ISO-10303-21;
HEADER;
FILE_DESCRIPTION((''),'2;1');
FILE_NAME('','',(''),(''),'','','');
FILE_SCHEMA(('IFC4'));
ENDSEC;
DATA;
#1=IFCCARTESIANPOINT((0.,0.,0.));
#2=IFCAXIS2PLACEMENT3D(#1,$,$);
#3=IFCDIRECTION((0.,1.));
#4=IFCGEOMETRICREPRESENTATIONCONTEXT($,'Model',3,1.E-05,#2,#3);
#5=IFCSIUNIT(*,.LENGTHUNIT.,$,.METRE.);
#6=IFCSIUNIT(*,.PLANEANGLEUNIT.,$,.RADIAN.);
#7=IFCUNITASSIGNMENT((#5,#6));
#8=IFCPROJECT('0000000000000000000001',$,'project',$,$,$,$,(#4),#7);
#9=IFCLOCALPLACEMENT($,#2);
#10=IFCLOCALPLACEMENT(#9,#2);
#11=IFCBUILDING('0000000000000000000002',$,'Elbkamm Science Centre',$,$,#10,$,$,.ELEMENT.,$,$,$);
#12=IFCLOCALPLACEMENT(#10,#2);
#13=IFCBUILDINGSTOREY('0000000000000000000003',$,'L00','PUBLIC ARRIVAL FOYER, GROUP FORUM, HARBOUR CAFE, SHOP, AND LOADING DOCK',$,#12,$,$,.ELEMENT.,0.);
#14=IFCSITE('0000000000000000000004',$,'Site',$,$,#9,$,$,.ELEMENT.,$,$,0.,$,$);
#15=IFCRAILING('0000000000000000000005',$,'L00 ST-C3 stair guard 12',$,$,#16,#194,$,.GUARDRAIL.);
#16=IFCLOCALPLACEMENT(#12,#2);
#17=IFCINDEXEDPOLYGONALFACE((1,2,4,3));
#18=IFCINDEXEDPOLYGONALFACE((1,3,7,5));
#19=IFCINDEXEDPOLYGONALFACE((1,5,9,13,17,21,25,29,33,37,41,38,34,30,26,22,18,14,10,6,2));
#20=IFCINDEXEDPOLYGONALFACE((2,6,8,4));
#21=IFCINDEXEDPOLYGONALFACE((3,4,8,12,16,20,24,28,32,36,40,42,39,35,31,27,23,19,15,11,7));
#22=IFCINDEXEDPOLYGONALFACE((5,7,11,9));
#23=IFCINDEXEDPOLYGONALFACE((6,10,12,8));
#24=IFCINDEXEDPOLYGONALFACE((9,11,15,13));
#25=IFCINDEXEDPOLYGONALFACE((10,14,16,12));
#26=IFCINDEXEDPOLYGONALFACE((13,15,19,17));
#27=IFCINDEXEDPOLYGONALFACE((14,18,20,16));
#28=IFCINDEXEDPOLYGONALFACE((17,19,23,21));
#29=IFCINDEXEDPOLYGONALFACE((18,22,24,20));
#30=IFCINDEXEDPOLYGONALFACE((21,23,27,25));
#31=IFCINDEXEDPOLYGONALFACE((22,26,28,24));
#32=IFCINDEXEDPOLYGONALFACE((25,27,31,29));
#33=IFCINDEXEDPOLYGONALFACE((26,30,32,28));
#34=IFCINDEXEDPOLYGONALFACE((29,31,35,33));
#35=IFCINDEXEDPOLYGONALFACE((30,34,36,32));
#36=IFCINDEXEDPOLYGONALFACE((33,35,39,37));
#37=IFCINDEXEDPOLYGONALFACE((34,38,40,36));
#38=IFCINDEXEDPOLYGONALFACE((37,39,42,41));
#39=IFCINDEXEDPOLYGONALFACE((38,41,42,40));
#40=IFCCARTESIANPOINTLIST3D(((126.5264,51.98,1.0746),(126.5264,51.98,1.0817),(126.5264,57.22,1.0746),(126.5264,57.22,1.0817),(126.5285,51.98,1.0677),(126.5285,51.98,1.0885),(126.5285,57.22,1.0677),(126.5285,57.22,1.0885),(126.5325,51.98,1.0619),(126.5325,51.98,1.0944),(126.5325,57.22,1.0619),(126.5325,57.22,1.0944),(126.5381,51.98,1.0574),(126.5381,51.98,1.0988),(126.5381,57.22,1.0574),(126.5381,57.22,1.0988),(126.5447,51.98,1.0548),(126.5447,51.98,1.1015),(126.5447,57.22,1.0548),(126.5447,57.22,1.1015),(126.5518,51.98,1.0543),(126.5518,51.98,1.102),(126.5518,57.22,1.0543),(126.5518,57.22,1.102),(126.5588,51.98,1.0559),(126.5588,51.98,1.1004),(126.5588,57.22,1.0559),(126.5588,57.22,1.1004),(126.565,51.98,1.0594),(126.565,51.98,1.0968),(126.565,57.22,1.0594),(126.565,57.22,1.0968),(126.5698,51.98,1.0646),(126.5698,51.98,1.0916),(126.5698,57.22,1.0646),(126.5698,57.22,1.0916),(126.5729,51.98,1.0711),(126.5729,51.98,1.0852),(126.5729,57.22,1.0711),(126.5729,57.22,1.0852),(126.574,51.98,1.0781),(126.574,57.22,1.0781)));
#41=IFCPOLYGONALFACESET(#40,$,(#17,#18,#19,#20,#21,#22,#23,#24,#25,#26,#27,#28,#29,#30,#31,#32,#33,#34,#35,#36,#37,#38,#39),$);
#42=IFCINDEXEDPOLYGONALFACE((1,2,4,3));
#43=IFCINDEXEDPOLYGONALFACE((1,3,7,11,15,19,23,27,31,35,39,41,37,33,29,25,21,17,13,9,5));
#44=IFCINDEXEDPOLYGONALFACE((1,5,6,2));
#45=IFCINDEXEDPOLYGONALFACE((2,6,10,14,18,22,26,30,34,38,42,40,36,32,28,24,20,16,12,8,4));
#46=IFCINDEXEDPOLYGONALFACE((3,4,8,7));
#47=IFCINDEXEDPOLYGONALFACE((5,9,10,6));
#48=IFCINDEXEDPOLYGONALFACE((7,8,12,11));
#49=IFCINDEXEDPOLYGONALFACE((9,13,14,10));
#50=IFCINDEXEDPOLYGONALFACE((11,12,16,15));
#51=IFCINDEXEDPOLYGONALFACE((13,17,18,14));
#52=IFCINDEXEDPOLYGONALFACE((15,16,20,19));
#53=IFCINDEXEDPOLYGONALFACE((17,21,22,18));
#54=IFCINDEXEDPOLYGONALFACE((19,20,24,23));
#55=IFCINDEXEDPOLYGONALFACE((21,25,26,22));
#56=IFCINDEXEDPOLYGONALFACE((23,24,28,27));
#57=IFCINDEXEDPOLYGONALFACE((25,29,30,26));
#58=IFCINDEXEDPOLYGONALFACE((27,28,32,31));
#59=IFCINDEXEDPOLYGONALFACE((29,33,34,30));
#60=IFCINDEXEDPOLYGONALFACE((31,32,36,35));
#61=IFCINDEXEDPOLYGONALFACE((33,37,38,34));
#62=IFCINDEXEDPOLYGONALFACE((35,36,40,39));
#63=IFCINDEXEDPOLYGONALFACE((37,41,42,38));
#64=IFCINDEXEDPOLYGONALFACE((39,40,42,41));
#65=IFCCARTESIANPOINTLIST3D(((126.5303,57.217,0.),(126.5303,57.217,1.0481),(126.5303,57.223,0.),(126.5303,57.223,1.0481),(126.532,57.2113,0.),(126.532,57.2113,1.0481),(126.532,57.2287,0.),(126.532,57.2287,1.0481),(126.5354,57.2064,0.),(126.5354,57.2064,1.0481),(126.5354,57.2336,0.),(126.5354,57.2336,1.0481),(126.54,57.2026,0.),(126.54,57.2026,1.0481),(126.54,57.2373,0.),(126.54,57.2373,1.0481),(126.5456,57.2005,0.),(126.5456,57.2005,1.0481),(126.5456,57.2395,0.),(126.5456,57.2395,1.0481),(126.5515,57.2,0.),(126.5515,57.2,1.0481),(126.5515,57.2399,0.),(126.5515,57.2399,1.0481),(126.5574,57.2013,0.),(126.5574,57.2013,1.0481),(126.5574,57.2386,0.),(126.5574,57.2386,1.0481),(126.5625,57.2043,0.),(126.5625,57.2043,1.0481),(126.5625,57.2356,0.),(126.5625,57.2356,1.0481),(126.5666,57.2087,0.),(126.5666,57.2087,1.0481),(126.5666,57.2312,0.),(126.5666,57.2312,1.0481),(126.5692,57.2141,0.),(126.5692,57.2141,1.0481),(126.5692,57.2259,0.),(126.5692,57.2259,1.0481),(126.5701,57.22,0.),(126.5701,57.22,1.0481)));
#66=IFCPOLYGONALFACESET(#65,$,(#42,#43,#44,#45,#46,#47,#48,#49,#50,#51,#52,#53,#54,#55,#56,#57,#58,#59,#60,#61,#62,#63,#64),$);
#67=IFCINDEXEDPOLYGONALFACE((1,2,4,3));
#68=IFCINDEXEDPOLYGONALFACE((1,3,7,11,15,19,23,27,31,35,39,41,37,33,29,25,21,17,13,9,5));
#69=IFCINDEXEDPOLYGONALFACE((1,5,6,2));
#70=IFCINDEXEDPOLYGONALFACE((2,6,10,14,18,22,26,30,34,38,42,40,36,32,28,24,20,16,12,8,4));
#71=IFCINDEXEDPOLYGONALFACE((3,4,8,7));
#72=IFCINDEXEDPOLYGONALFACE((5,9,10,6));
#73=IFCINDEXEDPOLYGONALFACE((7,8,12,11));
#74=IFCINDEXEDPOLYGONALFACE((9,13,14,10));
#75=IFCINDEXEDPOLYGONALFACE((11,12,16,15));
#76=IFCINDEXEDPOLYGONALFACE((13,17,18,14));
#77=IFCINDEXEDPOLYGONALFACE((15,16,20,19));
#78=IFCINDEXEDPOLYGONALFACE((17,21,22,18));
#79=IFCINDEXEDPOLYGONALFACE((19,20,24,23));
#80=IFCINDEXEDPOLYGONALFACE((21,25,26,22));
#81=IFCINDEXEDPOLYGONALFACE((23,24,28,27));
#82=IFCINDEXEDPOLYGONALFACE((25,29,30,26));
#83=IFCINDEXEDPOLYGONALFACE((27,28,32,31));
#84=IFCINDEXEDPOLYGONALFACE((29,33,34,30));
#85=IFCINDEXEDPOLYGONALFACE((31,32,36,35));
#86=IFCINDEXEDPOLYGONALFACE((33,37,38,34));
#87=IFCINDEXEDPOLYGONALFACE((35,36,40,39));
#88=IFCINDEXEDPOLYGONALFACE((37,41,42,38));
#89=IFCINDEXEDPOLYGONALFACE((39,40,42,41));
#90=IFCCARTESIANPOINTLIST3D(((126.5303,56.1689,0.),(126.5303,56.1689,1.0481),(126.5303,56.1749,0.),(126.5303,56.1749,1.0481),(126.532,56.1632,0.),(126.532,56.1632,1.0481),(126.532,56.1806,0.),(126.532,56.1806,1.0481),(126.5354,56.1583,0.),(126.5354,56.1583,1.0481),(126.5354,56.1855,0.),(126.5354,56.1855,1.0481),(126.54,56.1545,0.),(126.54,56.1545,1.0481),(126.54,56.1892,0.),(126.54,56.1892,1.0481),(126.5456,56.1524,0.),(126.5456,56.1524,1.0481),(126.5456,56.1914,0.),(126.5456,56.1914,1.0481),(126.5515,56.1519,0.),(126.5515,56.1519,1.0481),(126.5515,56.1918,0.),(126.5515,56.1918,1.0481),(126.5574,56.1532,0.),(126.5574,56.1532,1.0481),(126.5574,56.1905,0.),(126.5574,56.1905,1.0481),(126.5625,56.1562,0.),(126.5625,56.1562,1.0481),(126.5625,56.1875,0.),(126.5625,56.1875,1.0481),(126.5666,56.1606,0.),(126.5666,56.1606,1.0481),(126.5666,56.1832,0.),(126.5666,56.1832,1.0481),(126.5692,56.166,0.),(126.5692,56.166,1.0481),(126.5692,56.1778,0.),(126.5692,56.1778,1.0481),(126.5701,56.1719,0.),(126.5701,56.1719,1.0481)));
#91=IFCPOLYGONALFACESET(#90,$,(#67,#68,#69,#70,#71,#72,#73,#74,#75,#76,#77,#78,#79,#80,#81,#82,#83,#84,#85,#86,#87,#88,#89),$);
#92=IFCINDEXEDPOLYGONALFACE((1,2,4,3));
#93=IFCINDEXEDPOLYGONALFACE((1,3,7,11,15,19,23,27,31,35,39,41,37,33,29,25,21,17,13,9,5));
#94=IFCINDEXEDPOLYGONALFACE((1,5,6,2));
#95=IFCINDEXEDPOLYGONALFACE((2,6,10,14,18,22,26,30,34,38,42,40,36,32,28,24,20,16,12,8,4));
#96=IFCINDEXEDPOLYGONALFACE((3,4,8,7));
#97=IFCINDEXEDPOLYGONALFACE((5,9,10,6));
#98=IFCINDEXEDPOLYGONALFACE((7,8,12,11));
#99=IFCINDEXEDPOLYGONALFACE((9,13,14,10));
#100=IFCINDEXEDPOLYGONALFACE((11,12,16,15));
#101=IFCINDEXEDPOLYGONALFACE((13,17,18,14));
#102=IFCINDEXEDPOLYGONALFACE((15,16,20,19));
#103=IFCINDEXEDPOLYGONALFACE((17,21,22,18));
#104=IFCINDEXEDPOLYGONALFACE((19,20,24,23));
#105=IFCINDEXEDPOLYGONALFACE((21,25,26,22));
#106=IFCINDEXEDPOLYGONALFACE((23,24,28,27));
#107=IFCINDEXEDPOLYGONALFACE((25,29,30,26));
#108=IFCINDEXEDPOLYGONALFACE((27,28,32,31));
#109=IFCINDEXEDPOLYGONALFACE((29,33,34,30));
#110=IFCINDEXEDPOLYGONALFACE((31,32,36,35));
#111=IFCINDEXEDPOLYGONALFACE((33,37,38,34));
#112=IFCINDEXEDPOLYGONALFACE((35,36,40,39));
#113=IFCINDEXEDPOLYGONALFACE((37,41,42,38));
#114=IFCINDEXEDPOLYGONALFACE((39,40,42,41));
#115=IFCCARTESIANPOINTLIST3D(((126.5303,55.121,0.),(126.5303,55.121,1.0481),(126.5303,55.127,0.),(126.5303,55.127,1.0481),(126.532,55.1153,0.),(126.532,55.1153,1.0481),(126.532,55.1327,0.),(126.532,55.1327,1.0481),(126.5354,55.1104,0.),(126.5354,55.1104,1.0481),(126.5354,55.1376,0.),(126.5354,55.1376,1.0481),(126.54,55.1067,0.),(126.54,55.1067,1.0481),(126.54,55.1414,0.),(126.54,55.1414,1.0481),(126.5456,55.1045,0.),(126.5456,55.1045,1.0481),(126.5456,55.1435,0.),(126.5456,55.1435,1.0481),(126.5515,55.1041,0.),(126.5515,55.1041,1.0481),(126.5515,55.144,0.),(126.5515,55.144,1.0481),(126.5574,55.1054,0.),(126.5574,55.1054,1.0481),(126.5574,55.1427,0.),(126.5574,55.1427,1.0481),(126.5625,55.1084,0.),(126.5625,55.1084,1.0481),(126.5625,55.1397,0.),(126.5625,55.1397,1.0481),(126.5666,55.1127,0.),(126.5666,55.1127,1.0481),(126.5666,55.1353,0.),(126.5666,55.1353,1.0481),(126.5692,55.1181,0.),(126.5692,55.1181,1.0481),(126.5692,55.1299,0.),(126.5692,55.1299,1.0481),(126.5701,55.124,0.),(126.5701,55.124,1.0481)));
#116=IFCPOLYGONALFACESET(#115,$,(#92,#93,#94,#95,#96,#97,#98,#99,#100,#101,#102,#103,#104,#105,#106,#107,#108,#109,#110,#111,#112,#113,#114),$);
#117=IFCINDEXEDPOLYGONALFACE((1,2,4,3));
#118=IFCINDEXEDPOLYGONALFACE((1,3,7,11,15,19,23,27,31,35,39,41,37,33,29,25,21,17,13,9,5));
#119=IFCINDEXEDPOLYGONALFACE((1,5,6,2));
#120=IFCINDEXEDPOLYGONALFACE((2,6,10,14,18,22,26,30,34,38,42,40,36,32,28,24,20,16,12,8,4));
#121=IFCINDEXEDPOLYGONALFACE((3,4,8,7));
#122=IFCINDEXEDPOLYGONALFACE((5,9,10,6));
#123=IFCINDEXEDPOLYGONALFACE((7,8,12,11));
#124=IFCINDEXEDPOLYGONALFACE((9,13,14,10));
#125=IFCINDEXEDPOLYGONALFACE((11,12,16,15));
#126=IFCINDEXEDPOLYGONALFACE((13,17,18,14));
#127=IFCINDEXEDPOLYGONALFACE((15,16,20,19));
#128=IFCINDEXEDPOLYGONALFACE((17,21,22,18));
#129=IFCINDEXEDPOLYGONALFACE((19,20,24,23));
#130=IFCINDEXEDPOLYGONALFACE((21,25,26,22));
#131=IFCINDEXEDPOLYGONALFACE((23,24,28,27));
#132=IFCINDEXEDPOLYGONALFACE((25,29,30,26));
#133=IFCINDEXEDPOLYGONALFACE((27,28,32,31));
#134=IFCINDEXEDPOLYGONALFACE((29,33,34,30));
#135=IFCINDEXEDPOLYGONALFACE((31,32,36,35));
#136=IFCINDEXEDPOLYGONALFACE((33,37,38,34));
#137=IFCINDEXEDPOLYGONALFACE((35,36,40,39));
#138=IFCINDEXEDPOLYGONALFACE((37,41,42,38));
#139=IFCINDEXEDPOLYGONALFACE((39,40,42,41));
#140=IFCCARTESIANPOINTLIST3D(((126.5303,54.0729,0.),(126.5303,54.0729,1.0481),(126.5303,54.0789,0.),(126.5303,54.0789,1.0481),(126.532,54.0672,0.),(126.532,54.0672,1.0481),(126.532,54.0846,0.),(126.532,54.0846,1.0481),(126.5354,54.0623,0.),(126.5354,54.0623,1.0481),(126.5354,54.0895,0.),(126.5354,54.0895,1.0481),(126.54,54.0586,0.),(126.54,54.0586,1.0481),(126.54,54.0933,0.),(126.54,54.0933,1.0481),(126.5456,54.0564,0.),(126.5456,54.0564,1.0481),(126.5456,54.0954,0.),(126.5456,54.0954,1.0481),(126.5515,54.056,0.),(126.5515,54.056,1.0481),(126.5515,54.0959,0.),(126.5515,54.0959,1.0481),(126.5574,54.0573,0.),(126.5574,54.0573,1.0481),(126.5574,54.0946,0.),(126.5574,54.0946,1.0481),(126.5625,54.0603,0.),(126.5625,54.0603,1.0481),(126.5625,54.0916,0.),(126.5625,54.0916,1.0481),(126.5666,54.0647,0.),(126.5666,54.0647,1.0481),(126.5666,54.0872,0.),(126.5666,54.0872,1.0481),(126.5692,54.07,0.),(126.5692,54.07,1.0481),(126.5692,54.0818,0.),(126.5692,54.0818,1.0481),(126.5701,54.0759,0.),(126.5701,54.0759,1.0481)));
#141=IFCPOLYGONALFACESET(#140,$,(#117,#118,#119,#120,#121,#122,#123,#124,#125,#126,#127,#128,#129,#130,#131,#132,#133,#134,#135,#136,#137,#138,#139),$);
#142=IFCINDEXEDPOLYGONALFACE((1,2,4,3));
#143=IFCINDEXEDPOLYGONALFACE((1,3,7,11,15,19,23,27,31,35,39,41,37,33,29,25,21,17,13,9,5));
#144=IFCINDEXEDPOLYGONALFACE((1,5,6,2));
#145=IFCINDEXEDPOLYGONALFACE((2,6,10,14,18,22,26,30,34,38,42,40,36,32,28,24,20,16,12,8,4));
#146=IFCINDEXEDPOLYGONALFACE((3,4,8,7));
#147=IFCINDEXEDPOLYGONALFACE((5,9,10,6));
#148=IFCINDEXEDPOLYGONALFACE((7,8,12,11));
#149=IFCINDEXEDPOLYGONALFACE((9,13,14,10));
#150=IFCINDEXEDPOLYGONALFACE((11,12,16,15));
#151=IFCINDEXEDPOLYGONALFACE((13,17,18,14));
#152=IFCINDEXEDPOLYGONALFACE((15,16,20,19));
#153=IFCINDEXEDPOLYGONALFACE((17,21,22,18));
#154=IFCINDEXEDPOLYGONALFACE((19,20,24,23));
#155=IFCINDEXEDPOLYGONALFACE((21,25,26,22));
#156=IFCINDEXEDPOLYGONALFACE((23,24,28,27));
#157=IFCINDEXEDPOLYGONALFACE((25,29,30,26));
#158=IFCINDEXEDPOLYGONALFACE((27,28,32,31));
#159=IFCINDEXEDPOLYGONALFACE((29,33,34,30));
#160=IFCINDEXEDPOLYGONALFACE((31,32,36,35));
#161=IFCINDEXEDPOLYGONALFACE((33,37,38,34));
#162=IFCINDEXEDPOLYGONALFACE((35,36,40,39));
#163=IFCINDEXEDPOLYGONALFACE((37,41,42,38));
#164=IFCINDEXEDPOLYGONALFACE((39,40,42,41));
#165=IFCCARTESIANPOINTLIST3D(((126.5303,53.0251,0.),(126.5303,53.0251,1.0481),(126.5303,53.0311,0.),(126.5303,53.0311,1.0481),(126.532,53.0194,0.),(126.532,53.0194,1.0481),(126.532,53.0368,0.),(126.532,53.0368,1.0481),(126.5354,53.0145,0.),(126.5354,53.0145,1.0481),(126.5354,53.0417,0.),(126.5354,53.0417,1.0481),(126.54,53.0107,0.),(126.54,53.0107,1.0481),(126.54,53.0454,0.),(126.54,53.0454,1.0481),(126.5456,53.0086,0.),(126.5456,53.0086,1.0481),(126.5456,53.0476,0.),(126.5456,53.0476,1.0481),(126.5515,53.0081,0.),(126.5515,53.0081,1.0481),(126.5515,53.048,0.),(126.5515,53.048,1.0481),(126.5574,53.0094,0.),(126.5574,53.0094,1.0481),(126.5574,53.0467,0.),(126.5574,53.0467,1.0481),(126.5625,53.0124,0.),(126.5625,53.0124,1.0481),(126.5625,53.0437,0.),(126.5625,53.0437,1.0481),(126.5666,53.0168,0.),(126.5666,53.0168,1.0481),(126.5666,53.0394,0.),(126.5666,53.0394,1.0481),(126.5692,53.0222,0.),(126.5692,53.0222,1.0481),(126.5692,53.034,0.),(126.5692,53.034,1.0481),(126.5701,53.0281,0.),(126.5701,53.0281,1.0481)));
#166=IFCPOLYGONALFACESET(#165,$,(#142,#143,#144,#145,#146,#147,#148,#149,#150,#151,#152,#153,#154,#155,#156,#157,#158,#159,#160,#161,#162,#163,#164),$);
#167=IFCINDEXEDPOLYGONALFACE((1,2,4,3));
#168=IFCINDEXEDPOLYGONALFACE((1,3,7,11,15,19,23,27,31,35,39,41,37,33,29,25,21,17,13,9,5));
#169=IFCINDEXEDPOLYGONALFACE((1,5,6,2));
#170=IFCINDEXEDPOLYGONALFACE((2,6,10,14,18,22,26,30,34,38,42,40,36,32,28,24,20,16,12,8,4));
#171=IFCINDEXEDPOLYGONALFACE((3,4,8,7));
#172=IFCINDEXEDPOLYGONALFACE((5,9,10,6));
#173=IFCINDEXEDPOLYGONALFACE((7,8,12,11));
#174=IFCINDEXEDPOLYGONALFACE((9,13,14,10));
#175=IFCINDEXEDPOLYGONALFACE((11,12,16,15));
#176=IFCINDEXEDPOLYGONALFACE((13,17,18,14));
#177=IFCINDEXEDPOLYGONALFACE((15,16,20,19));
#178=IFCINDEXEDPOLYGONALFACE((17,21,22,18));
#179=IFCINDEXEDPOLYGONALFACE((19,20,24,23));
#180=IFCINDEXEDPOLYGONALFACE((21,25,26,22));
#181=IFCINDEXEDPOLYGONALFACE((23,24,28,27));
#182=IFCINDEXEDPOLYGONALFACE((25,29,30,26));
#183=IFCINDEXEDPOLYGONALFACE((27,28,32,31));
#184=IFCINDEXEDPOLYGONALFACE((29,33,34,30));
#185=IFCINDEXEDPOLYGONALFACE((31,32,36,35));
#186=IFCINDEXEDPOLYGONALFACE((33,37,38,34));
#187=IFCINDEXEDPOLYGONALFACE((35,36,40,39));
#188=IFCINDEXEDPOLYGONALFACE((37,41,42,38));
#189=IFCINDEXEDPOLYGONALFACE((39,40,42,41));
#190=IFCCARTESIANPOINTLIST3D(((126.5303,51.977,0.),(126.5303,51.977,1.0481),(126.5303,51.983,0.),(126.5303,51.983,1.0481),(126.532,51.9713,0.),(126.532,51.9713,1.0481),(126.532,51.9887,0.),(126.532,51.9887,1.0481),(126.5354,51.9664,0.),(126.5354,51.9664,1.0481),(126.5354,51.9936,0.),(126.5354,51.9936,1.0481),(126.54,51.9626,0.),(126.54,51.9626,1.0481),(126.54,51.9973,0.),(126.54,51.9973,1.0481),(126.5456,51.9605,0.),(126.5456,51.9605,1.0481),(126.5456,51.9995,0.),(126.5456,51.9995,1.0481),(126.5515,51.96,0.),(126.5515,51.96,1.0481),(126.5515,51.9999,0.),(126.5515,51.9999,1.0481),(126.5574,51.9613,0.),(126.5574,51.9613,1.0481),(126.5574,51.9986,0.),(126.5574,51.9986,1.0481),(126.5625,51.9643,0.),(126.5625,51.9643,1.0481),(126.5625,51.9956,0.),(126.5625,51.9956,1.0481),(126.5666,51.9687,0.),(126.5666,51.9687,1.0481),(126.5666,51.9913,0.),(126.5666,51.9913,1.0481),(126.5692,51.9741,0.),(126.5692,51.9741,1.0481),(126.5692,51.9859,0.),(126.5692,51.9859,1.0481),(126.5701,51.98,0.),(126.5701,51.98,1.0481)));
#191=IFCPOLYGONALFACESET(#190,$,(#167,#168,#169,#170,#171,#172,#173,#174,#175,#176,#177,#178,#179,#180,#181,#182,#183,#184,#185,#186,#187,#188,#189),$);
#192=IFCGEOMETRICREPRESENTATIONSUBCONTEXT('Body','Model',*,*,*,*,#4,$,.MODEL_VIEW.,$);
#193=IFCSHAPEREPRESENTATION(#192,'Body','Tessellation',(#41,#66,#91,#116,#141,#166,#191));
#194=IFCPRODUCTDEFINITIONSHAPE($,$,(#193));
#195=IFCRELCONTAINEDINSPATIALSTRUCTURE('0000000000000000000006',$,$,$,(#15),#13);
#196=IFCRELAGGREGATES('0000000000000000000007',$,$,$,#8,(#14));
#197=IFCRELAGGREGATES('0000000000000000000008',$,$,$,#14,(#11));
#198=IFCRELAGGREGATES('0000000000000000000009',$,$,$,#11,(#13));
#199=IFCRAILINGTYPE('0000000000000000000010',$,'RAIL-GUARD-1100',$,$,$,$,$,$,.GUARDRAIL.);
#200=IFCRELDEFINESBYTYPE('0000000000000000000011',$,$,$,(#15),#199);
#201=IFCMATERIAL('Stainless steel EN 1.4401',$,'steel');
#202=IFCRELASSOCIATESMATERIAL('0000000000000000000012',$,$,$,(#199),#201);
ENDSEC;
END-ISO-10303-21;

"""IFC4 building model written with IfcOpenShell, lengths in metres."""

from ifc_helpers import new_model, si_unit, direction, frame, origin, origin_2d, place, context, subcontext, project, spatial, circle, extrude, material, type_object, element, save


model = new_model("IFC4")

# Units and contexts
model_context = context("Model", 3, precision=1e-05, world=origin(), true_north=direction((0.0, 1.0)))
body_context = subcontext(model_context, "Body", "Model", "MODEL_VIEW")
ifc_project = project(units=[si_unit("LENGTHUNIT", "METRE"), si_unit("PLANEANGLEUNIT", "RADIAN")], contexts=[model_context])

# Site, building, storey
site_placement = place(None, origin())
site = spatial("IfcSite", under=ifc_project, at=site_placement, Name="Site", CompositionType="ELEMENT", RefElevation=0.0)
building_placement = place(site_placement, origin())
building = spatial("IfcBuilding", under=site, at=building_placement, Name="Elbkamm Science Centre", CompositionType="ELEMENT")
storey_placement = place(building_placement, origin())
storey = spatial("IfcBuildingStorey", under=building, at=storey_placement, Name="L00", Description="PUBLIC ARRIVAL FOYER, GROUP FORUM, HARBOUR CAFE, SHOP, AND LOADING DOCK", CompositionType="ELEMENT", Elevation=0.0)

# Railing
ifc_material_1 = material(Name="Stainless steel EN 1.4401", Category="steel")
railing_type_1 = type_object("IfcRailingType", Name="RAIL-GUARD-1100", PredefinedType="GUARDRAIL", material=ifc_material_1)
railing_1_placement = place(storey_placement, frame((126.55, 57.22, 0.0)))
element("IfcRailing", 1, at=railing_1_placement, inside=storey, type_object=railing_type_1, Name="L00 ST-C3 stair guard 12", PredefinedType="GUARDRAIL", context=body_context, shape_type="SweptSolid", body=[
    extrude(circle(Radius=0.0239, at=origin_2d()), frame((0.0, 0.0, 1.0781), z_axis=(0.0, -1.0, 0.0), x_axis=(1.0, 0.0, 0.0)), (0.0, 0.0, 1.0), 5.24),
    extrude(circle(Radius=0.02, at=origin_2d()), origin(), (0.0, 0.0, 1.0), 1.0481),
    extrude(circle(Radius=0.02, at=origin_2d()), frame((0.0, -1.0481, 0.0)), (0.0, 0.0, 1.0), 1.0481),
    extrude(circle(Radius=0.02, at=origin_2d()), frame((0.0, -2.0959, 0.0)), (0.0, 0.0, 1.0), 1.0481),
    extrude(circle(Radius=0.02, at=origin_2d()), frame((0.0, -3.144, 0.0)), (0.0, 0.0, 1.0), 1.0481),
    extrude(circle(Radius=0.02, at=origin_2d()), frame((0.0, -4.1919, 0.0)), (0.0, 0.0, 1.0), 1.0481),
    extrude(circle(Radius=0.02, at=origin_2d()), frame((0.0, -5.24, 0.0)), (0.0, 0.0, 1.0), 1.0481),
])

save(model, "model.ifc")
